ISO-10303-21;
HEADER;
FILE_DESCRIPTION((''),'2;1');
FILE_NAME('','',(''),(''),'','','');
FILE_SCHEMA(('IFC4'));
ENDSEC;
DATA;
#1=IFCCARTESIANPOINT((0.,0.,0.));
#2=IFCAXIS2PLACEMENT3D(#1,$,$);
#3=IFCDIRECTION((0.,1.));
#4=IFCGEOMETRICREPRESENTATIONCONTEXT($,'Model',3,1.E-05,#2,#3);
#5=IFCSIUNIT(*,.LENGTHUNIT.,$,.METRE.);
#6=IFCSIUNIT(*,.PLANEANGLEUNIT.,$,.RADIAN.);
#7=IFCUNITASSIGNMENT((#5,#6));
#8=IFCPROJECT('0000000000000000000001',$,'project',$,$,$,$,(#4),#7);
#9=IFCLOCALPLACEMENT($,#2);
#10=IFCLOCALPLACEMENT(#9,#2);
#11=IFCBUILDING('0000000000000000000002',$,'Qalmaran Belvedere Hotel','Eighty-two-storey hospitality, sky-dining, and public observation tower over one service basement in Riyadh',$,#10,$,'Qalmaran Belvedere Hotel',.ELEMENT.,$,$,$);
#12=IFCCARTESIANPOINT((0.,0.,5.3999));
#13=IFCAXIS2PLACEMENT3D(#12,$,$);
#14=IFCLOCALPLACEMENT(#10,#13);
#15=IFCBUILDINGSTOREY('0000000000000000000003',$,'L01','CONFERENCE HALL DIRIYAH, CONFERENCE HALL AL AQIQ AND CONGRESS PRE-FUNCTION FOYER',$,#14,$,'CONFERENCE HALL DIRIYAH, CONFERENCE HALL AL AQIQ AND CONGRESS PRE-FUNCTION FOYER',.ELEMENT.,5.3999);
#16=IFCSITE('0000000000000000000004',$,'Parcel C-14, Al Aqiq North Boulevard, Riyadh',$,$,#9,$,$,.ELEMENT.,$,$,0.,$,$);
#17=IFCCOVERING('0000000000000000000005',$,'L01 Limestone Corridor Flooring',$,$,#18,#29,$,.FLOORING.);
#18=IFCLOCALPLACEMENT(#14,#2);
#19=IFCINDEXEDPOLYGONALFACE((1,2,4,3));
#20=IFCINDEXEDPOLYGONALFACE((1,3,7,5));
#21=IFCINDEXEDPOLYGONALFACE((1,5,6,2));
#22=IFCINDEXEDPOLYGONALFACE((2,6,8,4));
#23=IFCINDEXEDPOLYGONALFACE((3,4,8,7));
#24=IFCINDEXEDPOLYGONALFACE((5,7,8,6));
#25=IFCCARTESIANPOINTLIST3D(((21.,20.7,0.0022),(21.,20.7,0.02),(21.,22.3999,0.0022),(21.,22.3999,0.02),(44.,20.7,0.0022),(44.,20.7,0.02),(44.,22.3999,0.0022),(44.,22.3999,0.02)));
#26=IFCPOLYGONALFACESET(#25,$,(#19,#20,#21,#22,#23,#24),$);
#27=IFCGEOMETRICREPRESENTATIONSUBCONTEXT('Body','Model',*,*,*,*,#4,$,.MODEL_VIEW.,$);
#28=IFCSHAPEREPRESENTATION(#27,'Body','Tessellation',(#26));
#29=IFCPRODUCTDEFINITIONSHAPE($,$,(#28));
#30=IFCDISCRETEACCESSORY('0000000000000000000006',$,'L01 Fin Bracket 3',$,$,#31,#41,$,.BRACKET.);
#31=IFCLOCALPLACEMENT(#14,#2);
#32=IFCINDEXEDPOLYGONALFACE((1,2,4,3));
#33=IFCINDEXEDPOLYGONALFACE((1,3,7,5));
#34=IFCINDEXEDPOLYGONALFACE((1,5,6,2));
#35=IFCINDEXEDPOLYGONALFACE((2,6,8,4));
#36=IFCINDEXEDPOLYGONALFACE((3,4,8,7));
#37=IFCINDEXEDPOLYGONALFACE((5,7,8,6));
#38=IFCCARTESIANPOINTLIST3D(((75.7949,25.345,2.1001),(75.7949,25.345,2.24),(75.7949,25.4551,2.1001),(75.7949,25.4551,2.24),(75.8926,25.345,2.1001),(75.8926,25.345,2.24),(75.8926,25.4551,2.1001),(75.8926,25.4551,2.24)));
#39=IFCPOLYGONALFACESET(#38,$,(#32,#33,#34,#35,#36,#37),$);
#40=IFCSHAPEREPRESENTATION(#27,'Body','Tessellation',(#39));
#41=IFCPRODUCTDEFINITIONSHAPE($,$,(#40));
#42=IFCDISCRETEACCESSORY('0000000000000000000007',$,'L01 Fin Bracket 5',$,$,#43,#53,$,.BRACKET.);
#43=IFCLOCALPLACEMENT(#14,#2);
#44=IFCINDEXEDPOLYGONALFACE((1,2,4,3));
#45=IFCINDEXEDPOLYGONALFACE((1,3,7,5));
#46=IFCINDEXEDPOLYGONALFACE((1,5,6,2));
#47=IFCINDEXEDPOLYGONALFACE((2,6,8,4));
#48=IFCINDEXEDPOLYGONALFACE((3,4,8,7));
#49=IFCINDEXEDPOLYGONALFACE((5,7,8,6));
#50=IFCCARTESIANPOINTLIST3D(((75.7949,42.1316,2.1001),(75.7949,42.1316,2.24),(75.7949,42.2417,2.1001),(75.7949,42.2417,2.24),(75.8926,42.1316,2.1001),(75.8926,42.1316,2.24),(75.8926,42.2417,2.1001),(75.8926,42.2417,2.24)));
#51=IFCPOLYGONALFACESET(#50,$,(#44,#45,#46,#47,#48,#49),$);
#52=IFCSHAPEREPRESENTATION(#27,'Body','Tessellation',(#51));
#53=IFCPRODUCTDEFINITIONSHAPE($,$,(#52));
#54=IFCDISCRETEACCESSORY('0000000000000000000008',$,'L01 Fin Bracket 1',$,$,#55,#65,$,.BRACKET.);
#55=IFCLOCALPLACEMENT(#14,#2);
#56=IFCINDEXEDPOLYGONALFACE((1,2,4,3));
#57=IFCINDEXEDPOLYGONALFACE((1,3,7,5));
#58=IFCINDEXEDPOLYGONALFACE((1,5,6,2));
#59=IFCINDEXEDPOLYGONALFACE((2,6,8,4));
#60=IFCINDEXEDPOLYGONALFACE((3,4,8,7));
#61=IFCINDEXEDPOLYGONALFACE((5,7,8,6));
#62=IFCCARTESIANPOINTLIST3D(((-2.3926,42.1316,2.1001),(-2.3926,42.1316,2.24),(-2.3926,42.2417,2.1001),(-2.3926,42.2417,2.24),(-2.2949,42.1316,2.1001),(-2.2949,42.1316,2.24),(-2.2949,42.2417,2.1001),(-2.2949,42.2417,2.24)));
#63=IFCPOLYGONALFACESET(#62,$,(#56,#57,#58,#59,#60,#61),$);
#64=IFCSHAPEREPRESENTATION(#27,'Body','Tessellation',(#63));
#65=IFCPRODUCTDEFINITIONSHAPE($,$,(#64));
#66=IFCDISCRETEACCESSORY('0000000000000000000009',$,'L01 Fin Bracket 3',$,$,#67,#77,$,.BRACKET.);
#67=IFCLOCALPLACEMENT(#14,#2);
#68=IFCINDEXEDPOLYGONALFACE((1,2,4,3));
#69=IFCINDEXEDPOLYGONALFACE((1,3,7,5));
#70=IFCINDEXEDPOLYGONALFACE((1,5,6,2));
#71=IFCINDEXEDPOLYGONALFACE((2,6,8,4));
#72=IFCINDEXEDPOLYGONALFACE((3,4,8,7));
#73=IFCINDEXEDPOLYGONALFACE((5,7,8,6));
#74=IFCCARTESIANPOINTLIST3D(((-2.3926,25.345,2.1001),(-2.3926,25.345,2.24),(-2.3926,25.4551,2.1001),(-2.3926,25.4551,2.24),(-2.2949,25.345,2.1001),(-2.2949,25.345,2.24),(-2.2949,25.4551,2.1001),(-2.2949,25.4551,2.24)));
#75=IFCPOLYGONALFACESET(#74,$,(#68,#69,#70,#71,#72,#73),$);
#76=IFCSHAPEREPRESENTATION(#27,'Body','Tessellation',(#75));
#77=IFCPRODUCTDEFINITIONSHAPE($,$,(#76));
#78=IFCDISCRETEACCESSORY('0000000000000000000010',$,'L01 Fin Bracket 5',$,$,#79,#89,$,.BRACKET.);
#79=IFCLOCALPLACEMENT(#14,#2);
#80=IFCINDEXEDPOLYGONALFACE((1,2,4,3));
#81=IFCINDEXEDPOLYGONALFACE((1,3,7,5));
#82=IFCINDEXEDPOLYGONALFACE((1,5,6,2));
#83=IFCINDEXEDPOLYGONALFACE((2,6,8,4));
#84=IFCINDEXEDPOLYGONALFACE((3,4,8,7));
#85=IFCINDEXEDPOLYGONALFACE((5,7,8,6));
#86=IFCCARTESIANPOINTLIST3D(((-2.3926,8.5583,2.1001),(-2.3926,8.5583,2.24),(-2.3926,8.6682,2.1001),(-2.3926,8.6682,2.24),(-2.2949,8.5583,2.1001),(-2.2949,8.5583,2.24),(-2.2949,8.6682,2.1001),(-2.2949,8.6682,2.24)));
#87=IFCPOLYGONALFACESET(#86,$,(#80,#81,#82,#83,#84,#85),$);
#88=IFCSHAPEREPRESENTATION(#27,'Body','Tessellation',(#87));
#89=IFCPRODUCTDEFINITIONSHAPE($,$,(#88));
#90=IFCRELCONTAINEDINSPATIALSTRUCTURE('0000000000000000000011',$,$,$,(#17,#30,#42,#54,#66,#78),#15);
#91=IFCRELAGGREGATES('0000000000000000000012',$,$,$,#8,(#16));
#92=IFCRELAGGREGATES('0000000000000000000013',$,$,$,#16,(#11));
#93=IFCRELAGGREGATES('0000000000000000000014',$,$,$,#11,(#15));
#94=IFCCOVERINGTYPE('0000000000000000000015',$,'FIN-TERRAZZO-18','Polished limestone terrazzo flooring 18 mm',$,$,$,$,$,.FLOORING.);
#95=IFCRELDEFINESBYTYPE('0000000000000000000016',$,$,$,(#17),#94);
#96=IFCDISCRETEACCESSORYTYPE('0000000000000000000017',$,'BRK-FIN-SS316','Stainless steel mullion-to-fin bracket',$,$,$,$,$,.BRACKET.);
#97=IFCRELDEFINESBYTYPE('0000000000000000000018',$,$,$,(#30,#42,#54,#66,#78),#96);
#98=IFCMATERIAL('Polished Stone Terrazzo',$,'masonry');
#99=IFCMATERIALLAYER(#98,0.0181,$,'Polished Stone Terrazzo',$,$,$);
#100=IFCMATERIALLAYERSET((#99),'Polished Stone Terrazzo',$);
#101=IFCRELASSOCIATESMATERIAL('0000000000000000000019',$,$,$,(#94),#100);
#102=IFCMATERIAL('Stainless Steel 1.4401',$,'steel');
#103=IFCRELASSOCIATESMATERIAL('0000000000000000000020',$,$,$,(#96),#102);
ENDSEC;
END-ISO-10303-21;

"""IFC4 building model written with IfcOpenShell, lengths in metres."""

from ifc_helpers import new_model, si_unit, direction, frame, origin, place, context, subcontext, project, spatial, polyline, outline, extrude, material, layer, layer_set, type_object, element, save


model = new_model("IFC4")

# Units and contexts
model_context = context("Model", 3, precision=1e-05, world=origin(), true_north=direction((0.0, 1.0)))
body_context = subcontext(model_context, "Body", "Model", "MODEL_VIEW")
ifc_project = project(units=[si_unit("LENGTHUNIT", "METRE"), si_unit("PLANEANGLEUNIT", "RADIAN")], contexts=[model_context])

# Site, building, storey
site_placement = place(None, origin())
site = spatial("IfcSite", under=ifc_project, at=site_placement, Name="Parcel C-14, Al Aqiq North Boulevard, Riyadh", CompositionType="ELEMENT", RefElevation=0.0)
building_placement = place(site_placement, origin())
building = spatial("IfcBuilding", under=site, at=building_placement, Name="Qalmaran Belvedere Hotel", Description="Eighty-two-storey hospitality, sky-dining, and public observation tower over one service basement in Riyadh", LongName="Qalmaran Belvedere Hotel", CompositionType="ELEMENT")
storey_placement = place(building_placement, frame((0.0, 0.0, 5.3999)))
storey = spatial("IfcBuildingStorey", under=building, at=storey_placement, Name="L01", Description="CONFERENCE HALL DIRIYAH, CONFERENCE HALL AL AQIQ AND CONGRESS PRE-FUNCTION FOYER", LongName="CONFERENCE HALL DIRIYAH, CONFERENCE HALL AL AQIQ AND CONGRESS PRE-FUNCTION FOYER", CompositionType="ELEMENT", Elevation=5.3999)

# Covering
ifc_material_1 = material(Name="Polished Stone Terrazzo", Category="masonry")
ifc_layer_1 = layer(ifc_material_1, 0.0181, Name="Polished Stone Terrazzo")
ifc_layer_set_1 = layer_set([ifc_layer_1], Name="Polished Stone Terrazzo")
covering_type_1 = type_object("IfcCoveringType", Name="FIN-TERRAZZO-18", Description="Polished limestone terrazzo flooring 18 mm", PredefinedType="FLOORING", material=ifc_layer_set_1)
covering_1_placement = place(storey_placement, frame((0.0, 0.0, 0.0022)))
element("IfcCovering", 1, at=covering_1_placement, inside=storey, type_object=covering_type_1, Name="L01 Limestone Corridor Flooring", PredefinedType="FLOORING", context=body_context, shape_type="SweptSolid", body=[
    extrude(outline(polyline([(21.0, 20.7), (44.0, 20.7), (44.0, 22.3999), (21.0, 22.3999), (21.0, 20.7)])), origin(), (0.0, 0.0, 1.0), 0.0178),
])

# Discrete accessories
ifc_material_2 = material(Name="Stainless Steel 1.4401", Category="steel")
discrete_accessory_type = type_object("IfcDiscreteAccessoryType", Name="BRK-FIN-SS316", Description="Stainless steel mullion-to-fin bracket", PredefinedType="BRACKET", material=ifc_material_2)
discrete_accessory_1_placement = place(storey_placement, frame((0.0, 0.0, 2.1001)))
element("IfcDiscreteAccessory", 2, at=discrete_accessory_1_placement, inside=storey, type_object=discrete_accessory_type, Name="L01 Fin Bracket 3", PredefinedType="BRACKET", context=body_context, shape_type="SweptSolid", body=[
    extrude(outline(polyline([(75.7949, 25.345), (75.8926, 25.345), (75.8926, 25.4551), (75.7949, 25.4551), (75.7949, 25.345)])), origin(), (0.0, 0.0, 1.0), 0.1399),
])
discrete_accessory_2_placement = place(storey_placement, frame((0.0, 0.0, 2.1001)))
element("IfcDiscreteAccessory", 3, at=discrete_accessory_2_placement, inside=storey, type_object=discrete_accessory_type, Name="L01 Fin Bracket 5", PredefinedType="BRACKET", context=body_context, shape_type="SweptSolid", body=[
    extrude(outline(polyline([(75.7949, 42.1316), (75.8926, 42.1316), (75.8926, 42.2417), (75.7949, 42.2417), (75.7949, 42.1316)])), origin(), (0.0, 0.0, 1.0), 0.1399),
])
discrete_accessory_3_placement = place(storey_placement, frame((0.0, 0.0, 2.1001)))
element("IfcDiscreteAccessory", 4, at=discrete_accessory_3_placement, inside=storey, type_object=discrete_accessory_type, Name="L01 Fin Bracket 1", PredefinedType="BRACKET", context=body_context, shape_type="SweptSolid", body=[
    extrude(outline(polyline([(-2.2949, 42.2417), (-2.3926, 42.2417), (-2.3926, 42.1316), (-2.2949, 42.1316), (-2.2949, 42.2417)])), origin(), (0.0, 0.0, 1.0), 0.1399),
])
discrete_accessory_4_placement = place(storey_placement, frame((0.0, 0.0, 2.1001)))
element("IfcDiscreteAccessory", 5, at=discrete_accessory_4_placement, inside=storey, type_object=discrete_accessory_type, Name="L01 Fin Bracket 3", PredefinedType="BRACKET", context=body_context, shape_type="SweptSolid", body=[
    extrude(outline(polyline([(-2.2949, 25.4551), (-2.3926, 25.4551), (-2.3926, 25.345), (-2.2949, 25.345), (-2.2949, 25.4551)])), origin(), (0.0, 0.0, 1.0), 0.1399),
])
discrete_accessory_5_placement = place(storey_placement, frame((0.0, 0.0, 2.1001)))
element("IfcDiscreteAccessory", 6, at=discrete_accessory_5_placement, inside=storey, type_object=discrete_accessory_type, Name="L01 Fin Bracket 5", PredefinedType="BRACKET", context=body_context, shape_type="SweptSolid", body=[
    extrude(outline(polyline([(-2.2949, 8.6682), (-2.3926, 8.6682), (-2.3926, 8.5583), (-2.2949, 8.5583), (-2.2949, 8.6682)])), origin(), (0.0, 0.0, 1.0), 0.1399),
])

save(model, "model.ifc")
